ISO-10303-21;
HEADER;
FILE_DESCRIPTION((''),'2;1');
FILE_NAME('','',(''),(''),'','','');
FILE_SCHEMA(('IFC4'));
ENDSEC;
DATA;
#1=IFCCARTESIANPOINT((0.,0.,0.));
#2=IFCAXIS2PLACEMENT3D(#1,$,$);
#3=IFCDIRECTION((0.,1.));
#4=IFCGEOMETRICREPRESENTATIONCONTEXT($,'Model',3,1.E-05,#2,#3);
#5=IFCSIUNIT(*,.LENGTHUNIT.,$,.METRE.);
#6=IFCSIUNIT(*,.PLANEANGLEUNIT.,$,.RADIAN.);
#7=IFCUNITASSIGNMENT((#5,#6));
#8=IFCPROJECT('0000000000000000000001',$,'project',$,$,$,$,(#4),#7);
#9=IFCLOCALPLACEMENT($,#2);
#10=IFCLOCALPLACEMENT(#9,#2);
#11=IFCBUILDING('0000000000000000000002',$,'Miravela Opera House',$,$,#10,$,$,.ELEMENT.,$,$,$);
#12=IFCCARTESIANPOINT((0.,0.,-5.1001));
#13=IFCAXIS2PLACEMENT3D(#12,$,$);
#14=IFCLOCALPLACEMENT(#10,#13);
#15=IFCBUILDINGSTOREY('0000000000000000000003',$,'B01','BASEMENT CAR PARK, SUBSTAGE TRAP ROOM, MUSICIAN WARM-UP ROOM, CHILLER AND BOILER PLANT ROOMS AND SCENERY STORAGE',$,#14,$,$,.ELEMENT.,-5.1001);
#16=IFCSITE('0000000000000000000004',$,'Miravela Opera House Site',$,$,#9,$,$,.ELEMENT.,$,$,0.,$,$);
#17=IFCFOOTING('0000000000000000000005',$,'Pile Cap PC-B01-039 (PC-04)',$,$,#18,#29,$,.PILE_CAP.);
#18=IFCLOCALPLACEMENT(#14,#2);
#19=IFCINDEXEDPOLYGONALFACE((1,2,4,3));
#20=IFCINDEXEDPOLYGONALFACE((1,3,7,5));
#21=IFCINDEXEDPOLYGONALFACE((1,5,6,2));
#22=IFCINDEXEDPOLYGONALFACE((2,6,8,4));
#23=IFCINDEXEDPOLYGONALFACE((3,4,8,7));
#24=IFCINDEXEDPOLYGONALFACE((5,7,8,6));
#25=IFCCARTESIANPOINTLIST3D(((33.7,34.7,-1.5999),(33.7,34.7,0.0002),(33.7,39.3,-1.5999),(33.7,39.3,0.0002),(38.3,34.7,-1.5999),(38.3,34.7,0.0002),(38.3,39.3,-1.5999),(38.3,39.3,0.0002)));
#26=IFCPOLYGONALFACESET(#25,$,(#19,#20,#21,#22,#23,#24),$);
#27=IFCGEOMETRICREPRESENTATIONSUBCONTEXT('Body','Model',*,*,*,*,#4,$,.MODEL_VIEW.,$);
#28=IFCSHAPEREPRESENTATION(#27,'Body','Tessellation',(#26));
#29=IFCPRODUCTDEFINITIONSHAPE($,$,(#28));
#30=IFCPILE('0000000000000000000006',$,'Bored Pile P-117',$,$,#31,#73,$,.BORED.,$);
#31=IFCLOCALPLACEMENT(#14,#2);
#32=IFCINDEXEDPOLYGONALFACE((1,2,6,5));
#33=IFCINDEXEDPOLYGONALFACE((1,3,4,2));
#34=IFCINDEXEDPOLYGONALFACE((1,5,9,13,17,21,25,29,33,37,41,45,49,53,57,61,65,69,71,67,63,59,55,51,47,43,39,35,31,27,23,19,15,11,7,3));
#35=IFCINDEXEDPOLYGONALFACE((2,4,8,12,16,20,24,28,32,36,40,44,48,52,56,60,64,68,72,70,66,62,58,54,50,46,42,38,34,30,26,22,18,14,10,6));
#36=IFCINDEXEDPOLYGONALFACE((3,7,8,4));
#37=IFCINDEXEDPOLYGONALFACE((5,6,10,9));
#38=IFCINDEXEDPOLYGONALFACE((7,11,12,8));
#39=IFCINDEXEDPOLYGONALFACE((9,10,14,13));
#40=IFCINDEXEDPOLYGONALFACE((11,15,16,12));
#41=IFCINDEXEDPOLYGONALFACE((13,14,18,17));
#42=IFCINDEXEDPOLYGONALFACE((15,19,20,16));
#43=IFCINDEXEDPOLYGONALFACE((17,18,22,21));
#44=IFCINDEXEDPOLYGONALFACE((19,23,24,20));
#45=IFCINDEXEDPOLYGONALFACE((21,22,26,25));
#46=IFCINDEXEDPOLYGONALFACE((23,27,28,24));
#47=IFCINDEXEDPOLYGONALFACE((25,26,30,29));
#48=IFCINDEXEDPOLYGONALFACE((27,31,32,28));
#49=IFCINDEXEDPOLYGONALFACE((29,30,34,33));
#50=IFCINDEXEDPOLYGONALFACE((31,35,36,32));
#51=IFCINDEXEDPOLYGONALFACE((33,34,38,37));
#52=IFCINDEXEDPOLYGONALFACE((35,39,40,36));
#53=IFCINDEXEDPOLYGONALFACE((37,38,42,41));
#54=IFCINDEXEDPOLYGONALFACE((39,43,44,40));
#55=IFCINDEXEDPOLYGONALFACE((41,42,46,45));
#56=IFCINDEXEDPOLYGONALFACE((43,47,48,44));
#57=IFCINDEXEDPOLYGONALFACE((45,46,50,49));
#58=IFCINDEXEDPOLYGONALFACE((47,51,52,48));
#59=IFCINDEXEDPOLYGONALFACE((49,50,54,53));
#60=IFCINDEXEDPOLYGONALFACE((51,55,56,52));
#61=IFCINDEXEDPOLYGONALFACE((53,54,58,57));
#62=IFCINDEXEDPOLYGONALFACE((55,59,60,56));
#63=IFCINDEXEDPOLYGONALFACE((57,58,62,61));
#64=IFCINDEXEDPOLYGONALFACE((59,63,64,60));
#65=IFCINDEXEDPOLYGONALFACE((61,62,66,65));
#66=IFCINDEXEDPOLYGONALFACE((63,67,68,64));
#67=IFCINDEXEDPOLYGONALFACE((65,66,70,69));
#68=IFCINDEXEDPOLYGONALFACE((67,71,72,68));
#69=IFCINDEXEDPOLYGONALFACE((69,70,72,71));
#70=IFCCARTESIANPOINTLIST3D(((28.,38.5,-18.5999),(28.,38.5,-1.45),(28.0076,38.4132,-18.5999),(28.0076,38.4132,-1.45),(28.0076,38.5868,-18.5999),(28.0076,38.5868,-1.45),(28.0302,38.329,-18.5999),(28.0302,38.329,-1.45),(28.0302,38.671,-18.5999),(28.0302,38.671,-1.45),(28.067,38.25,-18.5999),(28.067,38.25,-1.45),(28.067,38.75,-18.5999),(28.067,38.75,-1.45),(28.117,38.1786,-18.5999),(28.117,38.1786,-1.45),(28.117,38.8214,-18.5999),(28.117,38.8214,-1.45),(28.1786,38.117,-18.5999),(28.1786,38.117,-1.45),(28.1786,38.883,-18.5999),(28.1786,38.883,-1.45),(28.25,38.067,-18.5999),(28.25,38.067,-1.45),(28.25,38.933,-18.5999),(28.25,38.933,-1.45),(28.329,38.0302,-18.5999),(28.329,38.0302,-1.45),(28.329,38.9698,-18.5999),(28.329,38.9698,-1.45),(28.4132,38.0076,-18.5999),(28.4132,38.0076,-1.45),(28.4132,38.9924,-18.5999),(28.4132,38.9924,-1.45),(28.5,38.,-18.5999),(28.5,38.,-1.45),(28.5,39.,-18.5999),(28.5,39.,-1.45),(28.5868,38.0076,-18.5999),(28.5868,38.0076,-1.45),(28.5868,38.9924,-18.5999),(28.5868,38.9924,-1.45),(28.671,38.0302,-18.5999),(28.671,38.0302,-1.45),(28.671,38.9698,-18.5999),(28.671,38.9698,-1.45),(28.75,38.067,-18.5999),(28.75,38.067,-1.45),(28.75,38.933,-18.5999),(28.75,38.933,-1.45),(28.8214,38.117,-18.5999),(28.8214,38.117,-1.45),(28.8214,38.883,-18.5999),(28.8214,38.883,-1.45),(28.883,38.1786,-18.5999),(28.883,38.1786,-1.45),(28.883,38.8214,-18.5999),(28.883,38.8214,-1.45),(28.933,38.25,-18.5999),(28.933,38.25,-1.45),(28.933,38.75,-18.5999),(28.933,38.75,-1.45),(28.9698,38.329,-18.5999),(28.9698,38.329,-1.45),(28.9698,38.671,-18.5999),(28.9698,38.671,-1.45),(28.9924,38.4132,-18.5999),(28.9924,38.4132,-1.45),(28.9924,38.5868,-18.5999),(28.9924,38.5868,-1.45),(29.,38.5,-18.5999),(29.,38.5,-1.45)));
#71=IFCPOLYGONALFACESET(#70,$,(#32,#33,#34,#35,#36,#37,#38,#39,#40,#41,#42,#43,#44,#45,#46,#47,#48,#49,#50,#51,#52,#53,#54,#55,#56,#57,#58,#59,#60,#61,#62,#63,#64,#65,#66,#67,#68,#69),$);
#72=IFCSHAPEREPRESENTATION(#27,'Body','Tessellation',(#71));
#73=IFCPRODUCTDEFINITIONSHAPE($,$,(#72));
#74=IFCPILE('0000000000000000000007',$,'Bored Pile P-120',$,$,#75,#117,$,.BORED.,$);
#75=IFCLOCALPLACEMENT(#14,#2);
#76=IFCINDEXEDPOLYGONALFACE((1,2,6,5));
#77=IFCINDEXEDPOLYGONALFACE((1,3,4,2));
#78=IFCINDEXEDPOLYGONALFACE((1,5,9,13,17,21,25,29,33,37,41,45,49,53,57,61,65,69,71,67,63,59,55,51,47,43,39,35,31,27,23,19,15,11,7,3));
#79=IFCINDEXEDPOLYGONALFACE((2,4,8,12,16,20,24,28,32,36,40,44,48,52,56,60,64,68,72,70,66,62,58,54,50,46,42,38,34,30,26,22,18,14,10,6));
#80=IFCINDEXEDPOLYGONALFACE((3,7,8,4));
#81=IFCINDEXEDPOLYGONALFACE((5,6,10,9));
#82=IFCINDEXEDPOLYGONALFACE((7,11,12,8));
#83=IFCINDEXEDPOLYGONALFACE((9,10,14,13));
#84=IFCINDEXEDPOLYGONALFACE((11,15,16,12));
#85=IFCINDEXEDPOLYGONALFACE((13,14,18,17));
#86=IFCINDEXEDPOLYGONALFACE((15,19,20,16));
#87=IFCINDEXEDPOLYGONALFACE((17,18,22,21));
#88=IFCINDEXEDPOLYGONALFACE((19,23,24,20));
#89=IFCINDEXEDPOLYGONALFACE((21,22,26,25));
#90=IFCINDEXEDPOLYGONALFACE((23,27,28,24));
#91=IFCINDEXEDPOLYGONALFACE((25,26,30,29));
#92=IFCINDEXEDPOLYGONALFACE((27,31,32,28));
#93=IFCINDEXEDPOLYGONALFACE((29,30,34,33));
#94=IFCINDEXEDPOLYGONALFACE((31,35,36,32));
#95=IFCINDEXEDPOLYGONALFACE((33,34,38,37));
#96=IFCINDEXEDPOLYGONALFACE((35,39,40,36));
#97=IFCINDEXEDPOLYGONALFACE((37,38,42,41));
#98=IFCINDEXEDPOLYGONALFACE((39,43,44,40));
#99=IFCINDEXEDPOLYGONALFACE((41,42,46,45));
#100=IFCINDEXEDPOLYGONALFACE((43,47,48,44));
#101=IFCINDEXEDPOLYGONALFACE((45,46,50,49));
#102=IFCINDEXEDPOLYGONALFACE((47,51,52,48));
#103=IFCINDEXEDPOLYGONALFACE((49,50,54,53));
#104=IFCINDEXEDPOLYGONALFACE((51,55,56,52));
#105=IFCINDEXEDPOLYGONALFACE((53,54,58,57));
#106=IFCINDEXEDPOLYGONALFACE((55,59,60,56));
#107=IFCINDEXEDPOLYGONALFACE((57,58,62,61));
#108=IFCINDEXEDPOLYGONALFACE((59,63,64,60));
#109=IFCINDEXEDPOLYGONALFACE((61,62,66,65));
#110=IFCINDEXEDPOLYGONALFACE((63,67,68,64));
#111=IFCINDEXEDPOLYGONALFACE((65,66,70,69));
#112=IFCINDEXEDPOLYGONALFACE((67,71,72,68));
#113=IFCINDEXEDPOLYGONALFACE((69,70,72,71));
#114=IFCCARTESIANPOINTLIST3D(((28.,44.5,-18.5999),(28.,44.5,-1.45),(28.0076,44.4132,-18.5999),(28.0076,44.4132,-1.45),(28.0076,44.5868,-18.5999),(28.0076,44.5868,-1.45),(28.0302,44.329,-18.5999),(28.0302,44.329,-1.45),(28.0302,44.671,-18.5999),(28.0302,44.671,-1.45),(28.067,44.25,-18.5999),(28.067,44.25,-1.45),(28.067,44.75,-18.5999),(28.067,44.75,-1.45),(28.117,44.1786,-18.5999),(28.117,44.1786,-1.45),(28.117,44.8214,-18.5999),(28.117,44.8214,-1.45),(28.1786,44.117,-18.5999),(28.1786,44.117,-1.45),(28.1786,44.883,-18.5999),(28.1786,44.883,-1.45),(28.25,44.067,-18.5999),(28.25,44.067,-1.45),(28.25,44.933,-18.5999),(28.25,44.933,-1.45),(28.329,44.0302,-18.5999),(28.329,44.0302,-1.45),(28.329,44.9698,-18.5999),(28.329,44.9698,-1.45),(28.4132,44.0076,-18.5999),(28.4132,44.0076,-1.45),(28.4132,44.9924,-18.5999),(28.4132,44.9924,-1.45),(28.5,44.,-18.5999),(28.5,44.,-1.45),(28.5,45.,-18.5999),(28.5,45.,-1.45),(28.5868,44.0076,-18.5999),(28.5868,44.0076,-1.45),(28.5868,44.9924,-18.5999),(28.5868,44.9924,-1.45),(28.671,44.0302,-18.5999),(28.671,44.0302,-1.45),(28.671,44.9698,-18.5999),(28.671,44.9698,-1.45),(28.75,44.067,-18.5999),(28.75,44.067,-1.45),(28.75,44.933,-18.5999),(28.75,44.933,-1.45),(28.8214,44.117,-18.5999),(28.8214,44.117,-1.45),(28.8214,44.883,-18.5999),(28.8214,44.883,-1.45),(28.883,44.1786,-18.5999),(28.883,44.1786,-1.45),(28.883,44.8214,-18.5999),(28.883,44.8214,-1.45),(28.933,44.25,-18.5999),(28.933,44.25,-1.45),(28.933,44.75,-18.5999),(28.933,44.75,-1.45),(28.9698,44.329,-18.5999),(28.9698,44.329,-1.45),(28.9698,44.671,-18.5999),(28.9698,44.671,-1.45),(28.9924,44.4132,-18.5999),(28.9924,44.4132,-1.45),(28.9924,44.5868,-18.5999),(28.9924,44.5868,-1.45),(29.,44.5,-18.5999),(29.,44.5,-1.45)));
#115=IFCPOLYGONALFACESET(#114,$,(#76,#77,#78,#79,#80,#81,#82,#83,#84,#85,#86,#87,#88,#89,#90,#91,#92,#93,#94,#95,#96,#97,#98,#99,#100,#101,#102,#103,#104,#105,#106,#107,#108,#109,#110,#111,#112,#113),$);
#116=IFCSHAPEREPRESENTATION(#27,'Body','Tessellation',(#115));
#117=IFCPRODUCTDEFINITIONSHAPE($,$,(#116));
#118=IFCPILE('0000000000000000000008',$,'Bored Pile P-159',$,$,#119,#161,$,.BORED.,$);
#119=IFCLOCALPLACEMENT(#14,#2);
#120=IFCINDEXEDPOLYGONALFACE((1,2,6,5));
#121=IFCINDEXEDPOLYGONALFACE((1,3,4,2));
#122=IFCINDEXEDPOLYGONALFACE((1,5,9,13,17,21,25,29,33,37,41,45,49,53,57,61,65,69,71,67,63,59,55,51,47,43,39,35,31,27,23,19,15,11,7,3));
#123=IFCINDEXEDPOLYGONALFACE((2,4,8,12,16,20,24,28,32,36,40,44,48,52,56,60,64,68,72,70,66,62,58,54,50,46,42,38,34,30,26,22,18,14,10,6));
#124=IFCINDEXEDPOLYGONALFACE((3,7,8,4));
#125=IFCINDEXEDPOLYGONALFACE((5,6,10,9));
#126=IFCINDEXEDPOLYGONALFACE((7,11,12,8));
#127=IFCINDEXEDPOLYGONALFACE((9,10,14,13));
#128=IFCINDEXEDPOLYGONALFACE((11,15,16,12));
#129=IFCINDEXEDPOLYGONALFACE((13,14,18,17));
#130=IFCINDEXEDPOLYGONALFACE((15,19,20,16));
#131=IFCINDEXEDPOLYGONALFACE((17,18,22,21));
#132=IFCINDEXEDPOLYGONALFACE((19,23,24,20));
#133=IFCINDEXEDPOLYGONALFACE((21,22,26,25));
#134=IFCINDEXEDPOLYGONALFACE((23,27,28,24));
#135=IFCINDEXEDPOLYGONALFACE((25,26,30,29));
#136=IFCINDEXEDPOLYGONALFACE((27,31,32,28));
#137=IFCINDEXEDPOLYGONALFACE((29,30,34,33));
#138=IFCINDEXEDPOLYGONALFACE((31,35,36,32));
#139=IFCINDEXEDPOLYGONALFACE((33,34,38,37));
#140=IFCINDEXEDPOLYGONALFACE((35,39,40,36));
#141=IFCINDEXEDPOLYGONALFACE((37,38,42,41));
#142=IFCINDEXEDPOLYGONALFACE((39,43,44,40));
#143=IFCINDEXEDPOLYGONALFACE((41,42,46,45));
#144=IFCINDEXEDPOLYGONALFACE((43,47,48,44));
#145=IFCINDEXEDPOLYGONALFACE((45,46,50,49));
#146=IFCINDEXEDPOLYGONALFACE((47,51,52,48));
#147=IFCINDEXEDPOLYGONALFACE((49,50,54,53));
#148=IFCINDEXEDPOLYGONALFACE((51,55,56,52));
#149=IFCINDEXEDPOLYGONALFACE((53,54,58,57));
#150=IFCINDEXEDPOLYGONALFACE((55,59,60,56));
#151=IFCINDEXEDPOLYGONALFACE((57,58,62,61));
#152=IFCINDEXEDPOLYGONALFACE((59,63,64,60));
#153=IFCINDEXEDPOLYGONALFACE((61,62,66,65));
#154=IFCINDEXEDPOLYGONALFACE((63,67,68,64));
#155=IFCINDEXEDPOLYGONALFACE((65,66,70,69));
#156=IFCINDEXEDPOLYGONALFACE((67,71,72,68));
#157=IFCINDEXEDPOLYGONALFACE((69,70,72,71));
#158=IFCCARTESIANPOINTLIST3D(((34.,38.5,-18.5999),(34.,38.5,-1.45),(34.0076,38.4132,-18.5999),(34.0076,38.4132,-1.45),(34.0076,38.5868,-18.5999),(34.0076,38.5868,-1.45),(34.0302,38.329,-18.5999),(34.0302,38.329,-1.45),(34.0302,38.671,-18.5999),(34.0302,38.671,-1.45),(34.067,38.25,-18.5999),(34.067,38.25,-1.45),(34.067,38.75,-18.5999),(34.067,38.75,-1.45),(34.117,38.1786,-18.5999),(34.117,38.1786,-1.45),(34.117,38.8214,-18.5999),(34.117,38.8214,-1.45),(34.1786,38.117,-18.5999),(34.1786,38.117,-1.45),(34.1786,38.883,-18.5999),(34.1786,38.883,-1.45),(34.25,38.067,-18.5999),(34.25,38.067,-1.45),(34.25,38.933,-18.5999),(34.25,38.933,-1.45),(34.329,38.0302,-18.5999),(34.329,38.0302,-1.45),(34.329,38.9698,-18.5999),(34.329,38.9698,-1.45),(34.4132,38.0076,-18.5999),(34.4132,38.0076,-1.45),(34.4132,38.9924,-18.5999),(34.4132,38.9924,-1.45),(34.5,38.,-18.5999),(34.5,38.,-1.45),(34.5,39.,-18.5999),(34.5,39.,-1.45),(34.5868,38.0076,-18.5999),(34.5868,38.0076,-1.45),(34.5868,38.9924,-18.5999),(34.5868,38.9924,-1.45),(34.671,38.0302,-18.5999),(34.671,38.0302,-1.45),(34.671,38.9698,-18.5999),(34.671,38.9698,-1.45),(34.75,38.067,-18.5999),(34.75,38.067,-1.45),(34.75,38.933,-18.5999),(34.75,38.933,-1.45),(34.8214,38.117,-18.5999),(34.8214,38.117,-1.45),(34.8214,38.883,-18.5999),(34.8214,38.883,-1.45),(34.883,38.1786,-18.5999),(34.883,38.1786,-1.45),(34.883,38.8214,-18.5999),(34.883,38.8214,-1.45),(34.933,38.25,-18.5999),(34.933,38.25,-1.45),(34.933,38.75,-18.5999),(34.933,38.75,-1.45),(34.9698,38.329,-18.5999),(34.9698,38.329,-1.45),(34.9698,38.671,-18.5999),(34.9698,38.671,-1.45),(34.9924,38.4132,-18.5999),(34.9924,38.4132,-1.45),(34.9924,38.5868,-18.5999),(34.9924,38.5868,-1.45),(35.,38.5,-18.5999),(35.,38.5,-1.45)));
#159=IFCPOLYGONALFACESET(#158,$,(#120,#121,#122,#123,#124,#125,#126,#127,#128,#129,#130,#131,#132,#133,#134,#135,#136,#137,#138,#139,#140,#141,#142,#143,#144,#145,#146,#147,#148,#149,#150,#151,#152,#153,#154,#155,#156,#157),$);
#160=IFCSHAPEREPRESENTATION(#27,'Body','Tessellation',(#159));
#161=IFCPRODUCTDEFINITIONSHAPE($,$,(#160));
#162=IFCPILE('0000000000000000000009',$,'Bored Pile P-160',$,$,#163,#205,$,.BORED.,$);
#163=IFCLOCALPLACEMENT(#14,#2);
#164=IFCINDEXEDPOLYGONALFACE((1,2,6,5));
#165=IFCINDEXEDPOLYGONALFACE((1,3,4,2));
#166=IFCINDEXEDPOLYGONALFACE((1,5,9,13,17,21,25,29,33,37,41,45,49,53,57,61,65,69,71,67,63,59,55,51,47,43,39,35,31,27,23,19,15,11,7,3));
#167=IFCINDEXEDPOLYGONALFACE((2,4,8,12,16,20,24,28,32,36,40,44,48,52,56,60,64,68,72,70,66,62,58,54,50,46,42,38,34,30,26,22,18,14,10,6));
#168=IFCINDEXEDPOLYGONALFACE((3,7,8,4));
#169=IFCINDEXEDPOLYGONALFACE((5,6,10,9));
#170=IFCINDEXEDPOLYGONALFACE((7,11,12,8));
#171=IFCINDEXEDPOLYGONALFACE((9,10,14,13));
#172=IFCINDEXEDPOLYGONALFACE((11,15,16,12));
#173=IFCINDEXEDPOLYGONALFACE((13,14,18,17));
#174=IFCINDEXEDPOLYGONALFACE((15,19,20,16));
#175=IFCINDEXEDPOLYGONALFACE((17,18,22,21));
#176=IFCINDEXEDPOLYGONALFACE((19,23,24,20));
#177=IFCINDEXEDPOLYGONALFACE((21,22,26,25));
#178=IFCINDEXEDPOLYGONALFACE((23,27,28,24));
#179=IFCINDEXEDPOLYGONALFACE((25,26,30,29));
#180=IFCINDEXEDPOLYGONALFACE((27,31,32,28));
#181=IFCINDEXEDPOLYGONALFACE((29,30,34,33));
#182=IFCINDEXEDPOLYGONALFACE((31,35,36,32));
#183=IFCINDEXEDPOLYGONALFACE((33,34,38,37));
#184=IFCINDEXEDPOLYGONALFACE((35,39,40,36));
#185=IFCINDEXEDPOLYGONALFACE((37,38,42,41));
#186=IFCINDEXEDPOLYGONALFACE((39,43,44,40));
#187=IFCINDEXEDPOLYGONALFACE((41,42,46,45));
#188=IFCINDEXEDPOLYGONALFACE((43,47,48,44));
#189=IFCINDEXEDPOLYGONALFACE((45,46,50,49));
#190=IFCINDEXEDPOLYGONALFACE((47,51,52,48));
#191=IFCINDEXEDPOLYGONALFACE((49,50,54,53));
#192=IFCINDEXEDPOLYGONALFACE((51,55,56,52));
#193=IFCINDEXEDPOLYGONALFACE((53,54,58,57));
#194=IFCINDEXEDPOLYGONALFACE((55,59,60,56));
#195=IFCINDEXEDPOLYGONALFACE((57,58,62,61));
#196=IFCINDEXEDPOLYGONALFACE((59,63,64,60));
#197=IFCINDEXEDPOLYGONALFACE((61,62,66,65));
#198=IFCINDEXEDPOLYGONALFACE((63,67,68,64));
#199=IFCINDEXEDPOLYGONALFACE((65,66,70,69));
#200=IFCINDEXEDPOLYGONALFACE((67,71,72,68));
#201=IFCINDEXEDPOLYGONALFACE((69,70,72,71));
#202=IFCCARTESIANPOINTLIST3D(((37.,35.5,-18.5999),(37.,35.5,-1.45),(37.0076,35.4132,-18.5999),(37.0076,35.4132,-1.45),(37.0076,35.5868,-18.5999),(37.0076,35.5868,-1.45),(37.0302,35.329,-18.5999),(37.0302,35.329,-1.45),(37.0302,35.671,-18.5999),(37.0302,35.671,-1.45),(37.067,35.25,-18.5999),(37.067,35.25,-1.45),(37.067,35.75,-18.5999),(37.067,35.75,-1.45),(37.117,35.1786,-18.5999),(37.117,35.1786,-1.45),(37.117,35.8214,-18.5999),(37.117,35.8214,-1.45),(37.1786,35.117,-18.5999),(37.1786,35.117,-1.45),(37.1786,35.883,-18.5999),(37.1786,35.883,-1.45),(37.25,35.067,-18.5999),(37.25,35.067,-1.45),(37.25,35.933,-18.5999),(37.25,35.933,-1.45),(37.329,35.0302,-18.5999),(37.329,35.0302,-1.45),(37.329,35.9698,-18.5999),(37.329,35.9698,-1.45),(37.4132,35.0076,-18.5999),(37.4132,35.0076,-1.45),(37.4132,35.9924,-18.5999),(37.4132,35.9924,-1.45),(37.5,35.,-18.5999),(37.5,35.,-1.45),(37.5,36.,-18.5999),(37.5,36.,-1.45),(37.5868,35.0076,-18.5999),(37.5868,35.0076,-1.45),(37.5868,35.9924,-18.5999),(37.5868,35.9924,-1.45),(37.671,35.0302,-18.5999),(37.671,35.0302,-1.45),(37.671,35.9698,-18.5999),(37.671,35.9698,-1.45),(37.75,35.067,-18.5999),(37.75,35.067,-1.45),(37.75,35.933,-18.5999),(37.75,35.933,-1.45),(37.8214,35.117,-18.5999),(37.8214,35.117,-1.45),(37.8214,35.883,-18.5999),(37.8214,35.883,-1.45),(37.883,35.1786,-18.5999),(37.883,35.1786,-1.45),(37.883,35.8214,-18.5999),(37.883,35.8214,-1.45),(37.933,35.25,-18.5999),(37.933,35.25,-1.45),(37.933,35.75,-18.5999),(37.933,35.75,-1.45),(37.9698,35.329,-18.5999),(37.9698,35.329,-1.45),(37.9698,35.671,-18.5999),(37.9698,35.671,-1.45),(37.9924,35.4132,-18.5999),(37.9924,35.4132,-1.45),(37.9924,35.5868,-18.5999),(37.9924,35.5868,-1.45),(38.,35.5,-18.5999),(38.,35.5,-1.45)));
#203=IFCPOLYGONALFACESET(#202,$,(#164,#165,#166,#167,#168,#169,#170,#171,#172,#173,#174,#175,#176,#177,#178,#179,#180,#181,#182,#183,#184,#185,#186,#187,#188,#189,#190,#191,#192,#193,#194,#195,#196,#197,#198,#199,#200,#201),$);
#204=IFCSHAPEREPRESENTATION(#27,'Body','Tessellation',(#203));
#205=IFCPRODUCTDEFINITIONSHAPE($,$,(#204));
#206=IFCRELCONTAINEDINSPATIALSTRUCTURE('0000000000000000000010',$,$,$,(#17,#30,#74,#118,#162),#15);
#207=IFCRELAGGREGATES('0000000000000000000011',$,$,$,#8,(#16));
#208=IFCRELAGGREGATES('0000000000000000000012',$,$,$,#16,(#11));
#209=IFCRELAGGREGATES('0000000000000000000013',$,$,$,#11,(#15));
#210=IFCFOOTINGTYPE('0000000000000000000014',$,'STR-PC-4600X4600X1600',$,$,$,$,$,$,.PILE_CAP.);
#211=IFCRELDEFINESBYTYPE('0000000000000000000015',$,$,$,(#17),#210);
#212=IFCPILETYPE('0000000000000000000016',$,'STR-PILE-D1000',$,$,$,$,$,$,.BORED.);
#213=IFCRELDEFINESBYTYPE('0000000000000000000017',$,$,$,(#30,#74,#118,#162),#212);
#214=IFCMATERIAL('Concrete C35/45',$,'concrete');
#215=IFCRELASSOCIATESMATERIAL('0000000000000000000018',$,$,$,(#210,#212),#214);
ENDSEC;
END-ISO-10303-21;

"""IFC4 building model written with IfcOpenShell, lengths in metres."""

from ifc_helpers import new_model, si_unit, direction, frame, origin, origin_2d, place, context, subcontext, project, spatial, rectangle, circle, extrude, material, material_profile, profile_set, type_object, element, save


model = new_model("IFC4")

# Units and contexts
model_context = context("Model", 3, precision=1e-05, world=origin(), true_north=direction((0.0, 1.0)))
body_context = subcontext(model_context, "Body", "Model", "MODEL_VIEW")
ifc_project = project(units=[si_unit("LENGTHUNIT", "METRE"), si_unit("PLANEANGLEUNIT", "RADIAN")], contexts=[model_context])

# Site, building, storey
site_placement = place(None, origin())
site = spatial("IfcSite", under=ifc_project, at=site_placement, Name="Miravela Opera House Site", CompositionType="ELEMENT", RefElevation=0.0)
building_placement = place(site_placement, origin())
building = spatial("IfcBuilding", under=site, at=building_placement, Name="Miravela Opera House", CompositionType="ELEMENT")
storey_placement = place(building_placement, frame((0.0, 0.0, -5.1001)))
storey = spatial("IfcBuildingStorey", under=building, at=storey_placement, Name="B01", Description="BASEMENT CAR PARK, SUBSTAGE TRAP ROOM, MUSICIAN WARM-UP ROOM, CHILLER AND BOILER PLANT ROOMS AND SCENERY STORAGE", CompositionType="ELEMENT", Elevation=-5.1001)

# Footing
ifc_material_1 = material(Name="Concrete C35/45", Category="concrete")
footing_type = type_object("IfcFootingType", Name="STR-PC-4600X4600X1600", PredefinedType="PILE_CAP", material=ifc_material_1)
footing_placement = place(storey_placement, frame((36.0, 37.0, -1.5999), z_axis=(0.0, 0.0, 1.0), x_axis=(1.0, 0.0, 0.0)))
element("IfcFooting", 1, at=footing_placement, inside=storey, type_object=footing_type, Name="Pile Cap PC-B01-039 (PC-04)", PredefinedType="PILE_CAP", context=body_context, shape_type="SweptSolid", body=[
    extrude(rectangle(XDim=4.6001, YDim=4.6001, at=origin_2d()), origin(), (0.0, 0.0, 1.0), 1.6001),
])

# Piles
ifc_material_profile_1 = material_profile(ifc_material_1, circle(Radius=0.5, at=origin_2d()), Name="PILE-D1000")
ifc_profile_set_1 = profile_set([ifc_material_profile_1])
pile_type_1 = type_object("IfcPileType", Name="STR-PILE-D1000", PredefinedType="BORED", material=ifc_profile_set_1)
for number, where, z_axis, x_axis, name in (
    (2, (28.5, 38.5, -1.45), (0.0, 0.0, -1.0), (1.0, 0.0, 0.0), "Bored Pile P-117"),
    (3, (28.5, 44.5, -1.45), (0.0, 0.0, -1.0), (1.0, 0.0, 0.0), "Bored Pile P-120"),
    (4, (34.5, 38.5, -1.45), (0.0, 0.0, -1.0), (1.0, 0.0, 0.0), "Bored Pile P-159"),
    (5, (37.5, 35.5, -1.45), (0.0, 0.0, -1.0), (1.0, 0.0, 0.0), "Bored Pile P-160"),
):
    element("IfcPile", number, at=place(storey_placement, frame(where, z_axis=z_axis, x_axis=x_axis)), inside=storey, type_object=pile_type_1, Name=name, PredefinedType="BORED", context=body_context, shape_type="SweptSolid", body=[
        extrude(circle(Radius=0.5, at=origin_2d()), origin(), (0.0, 0.0, 1.0), 17.1499),
    ])

save(model, "model.ifc")
